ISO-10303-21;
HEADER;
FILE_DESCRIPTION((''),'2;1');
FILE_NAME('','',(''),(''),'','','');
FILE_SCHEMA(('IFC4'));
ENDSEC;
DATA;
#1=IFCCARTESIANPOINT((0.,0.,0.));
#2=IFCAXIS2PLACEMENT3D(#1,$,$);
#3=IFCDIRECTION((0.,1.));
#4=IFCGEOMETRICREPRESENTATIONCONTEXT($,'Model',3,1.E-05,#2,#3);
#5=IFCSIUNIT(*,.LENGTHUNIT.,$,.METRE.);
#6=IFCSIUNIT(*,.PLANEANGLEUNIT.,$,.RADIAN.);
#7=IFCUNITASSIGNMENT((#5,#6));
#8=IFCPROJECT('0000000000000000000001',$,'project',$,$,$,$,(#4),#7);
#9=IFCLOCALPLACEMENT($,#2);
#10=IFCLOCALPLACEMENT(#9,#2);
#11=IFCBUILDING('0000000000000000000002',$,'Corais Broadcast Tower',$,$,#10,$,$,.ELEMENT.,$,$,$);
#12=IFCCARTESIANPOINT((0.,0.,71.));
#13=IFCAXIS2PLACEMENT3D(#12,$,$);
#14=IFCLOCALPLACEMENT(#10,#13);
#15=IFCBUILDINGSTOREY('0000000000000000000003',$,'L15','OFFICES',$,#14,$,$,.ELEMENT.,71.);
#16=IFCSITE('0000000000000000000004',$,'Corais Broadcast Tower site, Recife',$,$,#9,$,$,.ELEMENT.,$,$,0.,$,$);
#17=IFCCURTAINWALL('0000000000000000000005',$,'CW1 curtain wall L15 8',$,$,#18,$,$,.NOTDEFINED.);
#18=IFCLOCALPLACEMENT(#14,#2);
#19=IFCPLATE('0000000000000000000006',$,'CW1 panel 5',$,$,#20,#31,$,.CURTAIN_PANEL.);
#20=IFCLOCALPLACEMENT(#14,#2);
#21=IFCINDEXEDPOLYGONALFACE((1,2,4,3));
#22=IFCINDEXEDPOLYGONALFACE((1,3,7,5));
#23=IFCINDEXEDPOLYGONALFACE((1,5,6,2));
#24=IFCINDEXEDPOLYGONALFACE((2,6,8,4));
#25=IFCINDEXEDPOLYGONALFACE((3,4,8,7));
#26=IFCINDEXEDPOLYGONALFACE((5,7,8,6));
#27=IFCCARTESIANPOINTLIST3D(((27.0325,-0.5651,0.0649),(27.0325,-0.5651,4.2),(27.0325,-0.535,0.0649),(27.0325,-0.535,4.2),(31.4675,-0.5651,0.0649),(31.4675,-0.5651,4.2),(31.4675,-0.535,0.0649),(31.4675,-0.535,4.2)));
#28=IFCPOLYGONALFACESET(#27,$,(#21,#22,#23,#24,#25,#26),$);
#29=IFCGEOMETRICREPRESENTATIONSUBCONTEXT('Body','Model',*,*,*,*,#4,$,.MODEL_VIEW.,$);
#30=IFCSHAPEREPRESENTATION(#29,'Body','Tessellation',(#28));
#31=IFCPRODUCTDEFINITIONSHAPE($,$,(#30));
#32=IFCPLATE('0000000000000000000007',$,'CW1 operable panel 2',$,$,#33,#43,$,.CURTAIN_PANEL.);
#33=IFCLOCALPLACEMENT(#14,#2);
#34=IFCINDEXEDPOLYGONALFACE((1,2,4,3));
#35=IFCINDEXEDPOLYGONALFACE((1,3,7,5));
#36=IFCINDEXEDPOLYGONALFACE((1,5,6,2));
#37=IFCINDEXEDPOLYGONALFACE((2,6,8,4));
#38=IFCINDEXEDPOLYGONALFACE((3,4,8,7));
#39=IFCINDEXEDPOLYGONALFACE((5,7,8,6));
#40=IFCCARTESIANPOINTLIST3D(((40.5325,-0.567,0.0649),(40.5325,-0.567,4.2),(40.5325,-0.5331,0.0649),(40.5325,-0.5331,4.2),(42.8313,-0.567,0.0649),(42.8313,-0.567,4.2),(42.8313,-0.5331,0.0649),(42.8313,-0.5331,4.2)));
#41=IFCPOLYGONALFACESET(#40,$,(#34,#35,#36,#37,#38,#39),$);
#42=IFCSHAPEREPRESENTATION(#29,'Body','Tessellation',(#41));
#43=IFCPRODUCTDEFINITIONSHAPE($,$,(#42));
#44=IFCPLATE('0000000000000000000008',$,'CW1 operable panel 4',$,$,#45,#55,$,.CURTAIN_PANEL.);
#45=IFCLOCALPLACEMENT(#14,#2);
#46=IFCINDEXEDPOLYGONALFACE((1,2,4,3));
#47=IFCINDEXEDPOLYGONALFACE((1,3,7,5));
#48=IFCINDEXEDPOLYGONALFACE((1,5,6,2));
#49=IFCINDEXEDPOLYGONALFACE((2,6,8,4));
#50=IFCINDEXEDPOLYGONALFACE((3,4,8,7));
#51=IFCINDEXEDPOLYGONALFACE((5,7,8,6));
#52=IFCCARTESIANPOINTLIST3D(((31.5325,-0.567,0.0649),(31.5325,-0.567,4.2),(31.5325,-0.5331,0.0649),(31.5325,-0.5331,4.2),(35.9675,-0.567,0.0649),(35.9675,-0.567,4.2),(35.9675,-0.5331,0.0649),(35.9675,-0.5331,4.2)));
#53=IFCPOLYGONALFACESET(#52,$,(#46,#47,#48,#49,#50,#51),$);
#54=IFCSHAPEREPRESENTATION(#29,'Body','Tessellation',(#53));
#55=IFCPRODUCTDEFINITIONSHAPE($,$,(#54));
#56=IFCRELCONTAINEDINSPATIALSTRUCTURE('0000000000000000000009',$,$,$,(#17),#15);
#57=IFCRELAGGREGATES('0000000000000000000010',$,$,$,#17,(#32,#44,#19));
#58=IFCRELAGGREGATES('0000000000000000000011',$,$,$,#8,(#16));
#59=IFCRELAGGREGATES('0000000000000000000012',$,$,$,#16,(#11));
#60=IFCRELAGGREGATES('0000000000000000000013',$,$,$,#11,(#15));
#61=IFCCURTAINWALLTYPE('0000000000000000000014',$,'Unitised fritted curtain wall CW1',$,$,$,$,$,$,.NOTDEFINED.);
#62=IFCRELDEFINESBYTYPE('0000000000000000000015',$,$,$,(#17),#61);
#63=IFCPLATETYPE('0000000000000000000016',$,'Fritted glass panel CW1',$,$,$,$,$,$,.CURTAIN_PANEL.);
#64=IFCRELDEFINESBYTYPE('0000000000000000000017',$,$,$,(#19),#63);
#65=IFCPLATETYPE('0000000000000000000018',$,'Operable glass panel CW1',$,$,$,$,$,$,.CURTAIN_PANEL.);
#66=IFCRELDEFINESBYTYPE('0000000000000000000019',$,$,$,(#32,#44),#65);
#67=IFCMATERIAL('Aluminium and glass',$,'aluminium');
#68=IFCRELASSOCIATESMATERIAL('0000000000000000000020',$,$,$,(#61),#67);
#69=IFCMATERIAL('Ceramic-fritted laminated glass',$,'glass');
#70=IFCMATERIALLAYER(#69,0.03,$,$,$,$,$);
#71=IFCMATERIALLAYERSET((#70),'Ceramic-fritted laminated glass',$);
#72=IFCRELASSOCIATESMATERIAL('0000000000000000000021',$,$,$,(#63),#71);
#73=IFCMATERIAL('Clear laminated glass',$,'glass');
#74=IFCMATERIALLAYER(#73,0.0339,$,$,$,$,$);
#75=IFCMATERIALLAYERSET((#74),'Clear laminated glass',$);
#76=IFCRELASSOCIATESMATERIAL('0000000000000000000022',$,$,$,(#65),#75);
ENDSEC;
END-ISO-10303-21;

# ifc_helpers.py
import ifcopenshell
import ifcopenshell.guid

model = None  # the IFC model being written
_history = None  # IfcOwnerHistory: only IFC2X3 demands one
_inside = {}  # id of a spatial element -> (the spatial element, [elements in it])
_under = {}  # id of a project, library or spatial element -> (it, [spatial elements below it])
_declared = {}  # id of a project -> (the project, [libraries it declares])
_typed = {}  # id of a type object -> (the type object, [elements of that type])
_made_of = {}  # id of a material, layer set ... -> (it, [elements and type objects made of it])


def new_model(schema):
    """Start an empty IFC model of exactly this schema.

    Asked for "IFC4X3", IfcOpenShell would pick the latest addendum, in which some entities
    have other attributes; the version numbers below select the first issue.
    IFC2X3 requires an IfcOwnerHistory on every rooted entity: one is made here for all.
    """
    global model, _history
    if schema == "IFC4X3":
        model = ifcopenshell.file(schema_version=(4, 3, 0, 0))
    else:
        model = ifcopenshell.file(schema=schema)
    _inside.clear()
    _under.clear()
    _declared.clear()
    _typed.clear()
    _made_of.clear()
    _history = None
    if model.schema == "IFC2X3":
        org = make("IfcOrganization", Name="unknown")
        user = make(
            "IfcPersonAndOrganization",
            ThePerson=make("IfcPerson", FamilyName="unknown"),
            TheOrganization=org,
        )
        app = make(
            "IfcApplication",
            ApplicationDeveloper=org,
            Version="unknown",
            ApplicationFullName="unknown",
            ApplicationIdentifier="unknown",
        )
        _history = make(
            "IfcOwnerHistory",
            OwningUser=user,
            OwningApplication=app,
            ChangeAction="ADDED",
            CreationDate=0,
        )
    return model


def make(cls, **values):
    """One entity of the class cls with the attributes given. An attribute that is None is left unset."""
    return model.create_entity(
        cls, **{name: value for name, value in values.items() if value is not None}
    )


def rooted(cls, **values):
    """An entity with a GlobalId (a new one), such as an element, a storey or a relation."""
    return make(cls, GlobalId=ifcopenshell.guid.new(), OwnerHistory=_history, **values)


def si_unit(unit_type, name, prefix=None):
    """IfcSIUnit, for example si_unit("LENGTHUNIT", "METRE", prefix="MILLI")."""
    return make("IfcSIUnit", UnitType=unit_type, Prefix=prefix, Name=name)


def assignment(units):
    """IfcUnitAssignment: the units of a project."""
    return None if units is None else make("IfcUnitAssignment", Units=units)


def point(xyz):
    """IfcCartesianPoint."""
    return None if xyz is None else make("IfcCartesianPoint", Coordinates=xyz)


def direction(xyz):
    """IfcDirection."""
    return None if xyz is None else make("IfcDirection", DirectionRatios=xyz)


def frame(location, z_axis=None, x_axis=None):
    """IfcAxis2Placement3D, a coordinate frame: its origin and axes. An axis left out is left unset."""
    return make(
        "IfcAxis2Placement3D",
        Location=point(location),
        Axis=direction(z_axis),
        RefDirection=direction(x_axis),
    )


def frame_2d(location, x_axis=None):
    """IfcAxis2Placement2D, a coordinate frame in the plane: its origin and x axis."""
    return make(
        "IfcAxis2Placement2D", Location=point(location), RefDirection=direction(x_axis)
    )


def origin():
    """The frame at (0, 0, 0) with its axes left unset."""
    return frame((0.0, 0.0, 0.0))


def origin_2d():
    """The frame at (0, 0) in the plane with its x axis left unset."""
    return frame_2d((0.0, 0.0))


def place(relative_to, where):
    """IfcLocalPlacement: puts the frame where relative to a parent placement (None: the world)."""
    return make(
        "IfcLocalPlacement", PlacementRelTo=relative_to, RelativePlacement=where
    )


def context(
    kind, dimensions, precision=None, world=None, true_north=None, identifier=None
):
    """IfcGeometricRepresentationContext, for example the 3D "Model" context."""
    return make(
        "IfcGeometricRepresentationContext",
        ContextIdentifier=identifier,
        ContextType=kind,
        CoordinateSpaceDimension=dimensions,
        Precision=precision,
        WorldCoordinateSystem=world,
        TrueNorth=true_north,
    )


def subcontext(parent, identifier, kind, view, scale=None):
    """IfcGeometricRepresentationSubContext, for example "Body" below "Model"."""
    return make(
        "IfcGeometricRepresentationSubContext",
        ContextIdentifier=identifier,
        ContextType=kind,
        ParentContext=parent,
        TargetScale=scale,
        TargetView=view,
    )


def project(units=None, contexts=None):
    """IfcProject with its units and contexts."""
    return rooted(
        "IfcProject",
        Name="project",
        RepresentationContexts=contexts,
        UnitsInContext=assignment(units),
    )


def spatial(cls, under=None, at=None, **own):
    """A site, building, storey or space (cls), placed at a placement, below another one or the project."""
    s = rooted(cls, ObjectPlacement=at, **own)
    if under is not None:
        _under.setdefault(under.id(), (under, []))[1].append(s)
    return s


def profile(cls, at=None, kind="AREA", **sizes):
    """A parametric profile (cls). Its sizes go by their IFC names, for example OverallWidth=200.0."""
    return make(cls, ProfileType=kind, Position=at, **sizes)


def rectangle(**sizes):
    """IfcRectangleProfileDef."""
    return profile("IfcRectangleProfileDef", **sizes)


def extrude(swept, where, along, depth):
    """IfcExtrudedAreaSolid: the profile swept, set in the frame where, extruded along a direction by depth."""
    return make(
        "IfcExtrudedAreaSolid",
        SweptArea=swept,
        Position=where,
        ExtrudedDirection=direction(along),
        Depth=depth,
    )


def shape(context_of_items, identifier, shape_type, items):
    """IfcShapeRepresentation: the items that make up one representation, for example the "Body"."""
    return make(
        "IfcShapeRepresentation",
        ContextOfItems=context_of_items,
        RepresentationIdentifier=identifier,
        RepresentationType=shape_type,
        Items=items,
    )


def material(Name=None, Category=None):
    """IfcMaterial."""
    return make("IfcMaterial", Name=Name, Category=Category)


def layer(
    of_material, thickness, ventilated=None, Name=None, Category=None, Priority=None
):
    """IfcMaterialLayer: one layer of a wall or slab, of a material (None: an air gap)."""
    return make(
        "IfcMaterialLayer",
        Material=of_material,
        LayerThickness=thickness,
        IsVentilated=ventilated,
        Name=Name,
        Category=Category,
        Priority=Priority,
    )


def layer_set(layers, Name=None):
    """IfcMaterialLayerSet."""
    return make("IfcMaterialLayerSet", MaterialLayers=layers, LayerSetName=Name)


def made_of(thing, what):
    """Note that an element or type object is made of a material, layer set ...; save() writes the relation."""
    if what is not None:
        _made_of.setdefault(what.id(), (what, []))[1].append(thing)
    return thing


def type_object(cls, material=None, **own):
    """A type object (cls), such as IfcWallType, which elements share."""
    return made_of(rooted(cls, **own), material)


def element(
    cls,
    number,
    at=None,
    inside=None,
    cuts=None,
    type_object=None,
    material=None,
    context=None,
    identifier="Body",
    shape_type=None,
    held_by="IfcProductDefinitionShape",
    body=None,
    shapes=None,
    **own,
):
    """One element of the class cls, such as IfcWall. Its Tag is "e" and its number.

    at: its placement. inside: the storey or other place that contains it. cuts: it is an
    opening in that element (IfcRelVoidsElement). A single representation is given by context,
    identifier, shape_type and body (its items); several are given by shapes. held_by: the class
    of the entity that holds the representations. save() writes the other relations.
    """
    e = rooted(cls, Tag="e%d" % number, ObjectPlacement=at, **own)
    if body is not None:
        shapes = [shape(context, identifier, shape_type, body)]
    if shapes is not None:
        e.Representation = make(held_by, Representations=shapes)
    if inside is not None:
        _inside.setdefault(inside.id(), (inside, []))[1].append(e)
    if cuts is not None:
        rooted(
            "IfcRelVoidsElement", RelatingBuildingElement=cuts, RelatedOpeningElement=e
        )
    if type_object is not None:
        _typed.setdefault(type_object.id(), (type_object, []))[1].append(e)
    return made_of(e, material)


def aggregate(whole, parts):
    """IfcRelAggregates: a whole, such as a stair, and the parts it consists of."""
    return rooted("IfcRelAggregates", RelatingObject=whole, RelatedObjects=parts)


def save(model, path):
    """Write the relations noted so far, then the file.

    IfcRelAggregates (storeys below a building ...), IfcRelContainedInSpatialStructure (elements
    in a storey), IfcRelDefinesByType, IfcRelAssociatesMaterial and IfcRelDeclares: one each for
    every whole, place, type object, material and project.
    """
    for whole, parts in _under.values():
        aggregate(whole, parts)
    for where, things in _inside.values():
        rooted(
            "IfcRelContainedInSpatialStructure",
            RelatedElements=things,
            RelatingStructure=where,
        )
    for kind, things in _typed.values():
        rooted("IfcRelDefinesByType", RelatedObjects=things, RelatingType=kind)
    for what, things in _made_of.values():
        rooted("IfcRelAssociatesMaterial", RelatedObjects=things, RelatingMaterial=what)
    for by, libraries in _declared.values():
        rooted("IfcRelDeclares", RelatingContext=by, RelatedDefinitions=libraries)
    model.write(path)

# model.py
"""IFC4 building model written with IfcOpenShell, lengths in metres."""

from ifc_helpers import new_model, si_unit, direction, frame, origin, origin_2d, place, context, subcontext, project, spatial, rectangle, extrude, material, layer, layer_set, type_object, element, aggregate, save


model = new_model("IFC4")

# Units and contexts
model_context = context("Model", 3, precision=1e-05, world=origin(), true_north=direction((0.0, 1.0)))
body_context = subcontext(model_context, "Body", "Model", "MODEL_VIEW")
ifc_project = project(units=[si_unit("LENGTHUNIT", "METRE"), si_unit("PLANEANGLEUNIT", "RADIAN")], contexts=[model_context])

# Site, building, storey
site_placement = place(None, origin())
site = spatial("IfcSite", under=ifc_project, at=site_placement, Name="Corais Broadcast Tower site, Recife", CompositionType="ELEMENT", RefElevation=0.0)
building_placement = place(site_placement, origin())
building = spatial("IfcBuilding", under=site, at=building_placement, Name="Corais Broadcast Tower", CompositionType="ELEMENT")
storey_placement = place(building_placement, frame((0.0, 0.0, 71.0)))
storey = spatial("IfcBuildingStorey", under=building, at=storey_placement, Name="L15", Description="OFFICES", CompositionType="ELEMENT", Elevation=71.0)

# Curtain wall
ifc_material_1 = material(Name="Aluminium and glass", Category="aluminium")
curtain_wall_type = type_object("IfcCurtainWallType", Name="Unitised fritted curtain wall CW1", PredefinedType="NOTDEFINED", material=ifc_material_1)
curtain_wall_placement = place(storey_placement, origin())
curtain_wall = element("IfcCurtainWall", 1, at=curtain_wall_placement, inside=storey, type_object=curtain_wall_type, Name="CW1 curtain wall L15 8", PredefinedType="NOTDEFINED")

# Plates
ifc_material_2 = material(Name="Ceramic-fritted laminated glass", Category="glass")
ifc_layer_1 = layer(ifc_material_2, 0.03)
ifc_layer_set_1 = layer_set([ifc_layer_1], Name="Ceramic-fritted laminated glass")
plate_type_1 = type_object("IfcPlateType", Name="Fritted glass panel CW1", PredefinedType="CURTAIN_PANEL", material=ifc_layer_set_1)
plate_1_placement = place(storey_placement, frame((29.25, -0.55, 0.0649), z_axis=(0.0, 0.0, 1.0), x_axis=(-1.0, 0.0, 0.0)))
plate_1 = element("IfcPlate", 2, at=plate_1_placement, type_object=plate_type_1, Name="CW1 panel 5", PredefinedType="CURTAIN_PANEL", context=body_context, shape_type="SweptSolid", body=[
    extrude(rectangle(XDim=4.4351, YDim=0.03, at=origin_2d()), origin(), (0.0, 0.0, 1.0), 4.135),
])
ifc_material_3 = material(Name="Clear laminated glass", Category="glass")
ifc_layer_2 = layer(ifc_material_3, 0.0339)
ifc_layer_set_2 = layer_set([ifc_layer_2], Name="Clear laminated glass")
plate_type_2 = type_object("IfcPlateType", Name="Operable glass panel CW1", PredefinedType="CURTAIN_PANEL", material=ifc_layer_set_2)
plate_2_placement = place(storey_placement, frame((41.6819, -0.55, 0.0649), z_axis=(0.0, 0.0, 1.0), x_axis=(-1.0, 0.0, 0.0)))
plate_2 = element("IfcPlate", 3, at=plate_2_placement, type_object=plate_type_2, Name="CW1 operable panel 2", PredefinedType="CURTAIN_PANEL", context=body_context, shape_type="SweptSolid", body=[
    extrude(rectangle(XDim=2.2988, YDim=0.0339, at=origin_2d()), origin(), (0.0, 0.0, 1.0), 4.135),
])
plate_3_placement = place(storey_placement, frame((33.75, -0.55, 0.0649), z_axis=(0.0, 0.0, 1.0), x_axis=(-1.0, 0.0, 0.0)))
plate_3 = element("IfcPlate", 4, at=plate_3_placement, type_object=plate_type_2, Name="CW1 operable panel 4", PredefinedType="CURTAIN_PANEL", context=body_context, shape_type="SweptSolid", body=[
    extrude(rectangle(XDim=4.4351, YDim=0.0339, at=origin_2d()), origin(), (0.0, 0.0, 1.0), 4.135),
])
aggregate(curtain_wall, [plate_2, plate_3, plate_1])

save(model, "model.ifc")
